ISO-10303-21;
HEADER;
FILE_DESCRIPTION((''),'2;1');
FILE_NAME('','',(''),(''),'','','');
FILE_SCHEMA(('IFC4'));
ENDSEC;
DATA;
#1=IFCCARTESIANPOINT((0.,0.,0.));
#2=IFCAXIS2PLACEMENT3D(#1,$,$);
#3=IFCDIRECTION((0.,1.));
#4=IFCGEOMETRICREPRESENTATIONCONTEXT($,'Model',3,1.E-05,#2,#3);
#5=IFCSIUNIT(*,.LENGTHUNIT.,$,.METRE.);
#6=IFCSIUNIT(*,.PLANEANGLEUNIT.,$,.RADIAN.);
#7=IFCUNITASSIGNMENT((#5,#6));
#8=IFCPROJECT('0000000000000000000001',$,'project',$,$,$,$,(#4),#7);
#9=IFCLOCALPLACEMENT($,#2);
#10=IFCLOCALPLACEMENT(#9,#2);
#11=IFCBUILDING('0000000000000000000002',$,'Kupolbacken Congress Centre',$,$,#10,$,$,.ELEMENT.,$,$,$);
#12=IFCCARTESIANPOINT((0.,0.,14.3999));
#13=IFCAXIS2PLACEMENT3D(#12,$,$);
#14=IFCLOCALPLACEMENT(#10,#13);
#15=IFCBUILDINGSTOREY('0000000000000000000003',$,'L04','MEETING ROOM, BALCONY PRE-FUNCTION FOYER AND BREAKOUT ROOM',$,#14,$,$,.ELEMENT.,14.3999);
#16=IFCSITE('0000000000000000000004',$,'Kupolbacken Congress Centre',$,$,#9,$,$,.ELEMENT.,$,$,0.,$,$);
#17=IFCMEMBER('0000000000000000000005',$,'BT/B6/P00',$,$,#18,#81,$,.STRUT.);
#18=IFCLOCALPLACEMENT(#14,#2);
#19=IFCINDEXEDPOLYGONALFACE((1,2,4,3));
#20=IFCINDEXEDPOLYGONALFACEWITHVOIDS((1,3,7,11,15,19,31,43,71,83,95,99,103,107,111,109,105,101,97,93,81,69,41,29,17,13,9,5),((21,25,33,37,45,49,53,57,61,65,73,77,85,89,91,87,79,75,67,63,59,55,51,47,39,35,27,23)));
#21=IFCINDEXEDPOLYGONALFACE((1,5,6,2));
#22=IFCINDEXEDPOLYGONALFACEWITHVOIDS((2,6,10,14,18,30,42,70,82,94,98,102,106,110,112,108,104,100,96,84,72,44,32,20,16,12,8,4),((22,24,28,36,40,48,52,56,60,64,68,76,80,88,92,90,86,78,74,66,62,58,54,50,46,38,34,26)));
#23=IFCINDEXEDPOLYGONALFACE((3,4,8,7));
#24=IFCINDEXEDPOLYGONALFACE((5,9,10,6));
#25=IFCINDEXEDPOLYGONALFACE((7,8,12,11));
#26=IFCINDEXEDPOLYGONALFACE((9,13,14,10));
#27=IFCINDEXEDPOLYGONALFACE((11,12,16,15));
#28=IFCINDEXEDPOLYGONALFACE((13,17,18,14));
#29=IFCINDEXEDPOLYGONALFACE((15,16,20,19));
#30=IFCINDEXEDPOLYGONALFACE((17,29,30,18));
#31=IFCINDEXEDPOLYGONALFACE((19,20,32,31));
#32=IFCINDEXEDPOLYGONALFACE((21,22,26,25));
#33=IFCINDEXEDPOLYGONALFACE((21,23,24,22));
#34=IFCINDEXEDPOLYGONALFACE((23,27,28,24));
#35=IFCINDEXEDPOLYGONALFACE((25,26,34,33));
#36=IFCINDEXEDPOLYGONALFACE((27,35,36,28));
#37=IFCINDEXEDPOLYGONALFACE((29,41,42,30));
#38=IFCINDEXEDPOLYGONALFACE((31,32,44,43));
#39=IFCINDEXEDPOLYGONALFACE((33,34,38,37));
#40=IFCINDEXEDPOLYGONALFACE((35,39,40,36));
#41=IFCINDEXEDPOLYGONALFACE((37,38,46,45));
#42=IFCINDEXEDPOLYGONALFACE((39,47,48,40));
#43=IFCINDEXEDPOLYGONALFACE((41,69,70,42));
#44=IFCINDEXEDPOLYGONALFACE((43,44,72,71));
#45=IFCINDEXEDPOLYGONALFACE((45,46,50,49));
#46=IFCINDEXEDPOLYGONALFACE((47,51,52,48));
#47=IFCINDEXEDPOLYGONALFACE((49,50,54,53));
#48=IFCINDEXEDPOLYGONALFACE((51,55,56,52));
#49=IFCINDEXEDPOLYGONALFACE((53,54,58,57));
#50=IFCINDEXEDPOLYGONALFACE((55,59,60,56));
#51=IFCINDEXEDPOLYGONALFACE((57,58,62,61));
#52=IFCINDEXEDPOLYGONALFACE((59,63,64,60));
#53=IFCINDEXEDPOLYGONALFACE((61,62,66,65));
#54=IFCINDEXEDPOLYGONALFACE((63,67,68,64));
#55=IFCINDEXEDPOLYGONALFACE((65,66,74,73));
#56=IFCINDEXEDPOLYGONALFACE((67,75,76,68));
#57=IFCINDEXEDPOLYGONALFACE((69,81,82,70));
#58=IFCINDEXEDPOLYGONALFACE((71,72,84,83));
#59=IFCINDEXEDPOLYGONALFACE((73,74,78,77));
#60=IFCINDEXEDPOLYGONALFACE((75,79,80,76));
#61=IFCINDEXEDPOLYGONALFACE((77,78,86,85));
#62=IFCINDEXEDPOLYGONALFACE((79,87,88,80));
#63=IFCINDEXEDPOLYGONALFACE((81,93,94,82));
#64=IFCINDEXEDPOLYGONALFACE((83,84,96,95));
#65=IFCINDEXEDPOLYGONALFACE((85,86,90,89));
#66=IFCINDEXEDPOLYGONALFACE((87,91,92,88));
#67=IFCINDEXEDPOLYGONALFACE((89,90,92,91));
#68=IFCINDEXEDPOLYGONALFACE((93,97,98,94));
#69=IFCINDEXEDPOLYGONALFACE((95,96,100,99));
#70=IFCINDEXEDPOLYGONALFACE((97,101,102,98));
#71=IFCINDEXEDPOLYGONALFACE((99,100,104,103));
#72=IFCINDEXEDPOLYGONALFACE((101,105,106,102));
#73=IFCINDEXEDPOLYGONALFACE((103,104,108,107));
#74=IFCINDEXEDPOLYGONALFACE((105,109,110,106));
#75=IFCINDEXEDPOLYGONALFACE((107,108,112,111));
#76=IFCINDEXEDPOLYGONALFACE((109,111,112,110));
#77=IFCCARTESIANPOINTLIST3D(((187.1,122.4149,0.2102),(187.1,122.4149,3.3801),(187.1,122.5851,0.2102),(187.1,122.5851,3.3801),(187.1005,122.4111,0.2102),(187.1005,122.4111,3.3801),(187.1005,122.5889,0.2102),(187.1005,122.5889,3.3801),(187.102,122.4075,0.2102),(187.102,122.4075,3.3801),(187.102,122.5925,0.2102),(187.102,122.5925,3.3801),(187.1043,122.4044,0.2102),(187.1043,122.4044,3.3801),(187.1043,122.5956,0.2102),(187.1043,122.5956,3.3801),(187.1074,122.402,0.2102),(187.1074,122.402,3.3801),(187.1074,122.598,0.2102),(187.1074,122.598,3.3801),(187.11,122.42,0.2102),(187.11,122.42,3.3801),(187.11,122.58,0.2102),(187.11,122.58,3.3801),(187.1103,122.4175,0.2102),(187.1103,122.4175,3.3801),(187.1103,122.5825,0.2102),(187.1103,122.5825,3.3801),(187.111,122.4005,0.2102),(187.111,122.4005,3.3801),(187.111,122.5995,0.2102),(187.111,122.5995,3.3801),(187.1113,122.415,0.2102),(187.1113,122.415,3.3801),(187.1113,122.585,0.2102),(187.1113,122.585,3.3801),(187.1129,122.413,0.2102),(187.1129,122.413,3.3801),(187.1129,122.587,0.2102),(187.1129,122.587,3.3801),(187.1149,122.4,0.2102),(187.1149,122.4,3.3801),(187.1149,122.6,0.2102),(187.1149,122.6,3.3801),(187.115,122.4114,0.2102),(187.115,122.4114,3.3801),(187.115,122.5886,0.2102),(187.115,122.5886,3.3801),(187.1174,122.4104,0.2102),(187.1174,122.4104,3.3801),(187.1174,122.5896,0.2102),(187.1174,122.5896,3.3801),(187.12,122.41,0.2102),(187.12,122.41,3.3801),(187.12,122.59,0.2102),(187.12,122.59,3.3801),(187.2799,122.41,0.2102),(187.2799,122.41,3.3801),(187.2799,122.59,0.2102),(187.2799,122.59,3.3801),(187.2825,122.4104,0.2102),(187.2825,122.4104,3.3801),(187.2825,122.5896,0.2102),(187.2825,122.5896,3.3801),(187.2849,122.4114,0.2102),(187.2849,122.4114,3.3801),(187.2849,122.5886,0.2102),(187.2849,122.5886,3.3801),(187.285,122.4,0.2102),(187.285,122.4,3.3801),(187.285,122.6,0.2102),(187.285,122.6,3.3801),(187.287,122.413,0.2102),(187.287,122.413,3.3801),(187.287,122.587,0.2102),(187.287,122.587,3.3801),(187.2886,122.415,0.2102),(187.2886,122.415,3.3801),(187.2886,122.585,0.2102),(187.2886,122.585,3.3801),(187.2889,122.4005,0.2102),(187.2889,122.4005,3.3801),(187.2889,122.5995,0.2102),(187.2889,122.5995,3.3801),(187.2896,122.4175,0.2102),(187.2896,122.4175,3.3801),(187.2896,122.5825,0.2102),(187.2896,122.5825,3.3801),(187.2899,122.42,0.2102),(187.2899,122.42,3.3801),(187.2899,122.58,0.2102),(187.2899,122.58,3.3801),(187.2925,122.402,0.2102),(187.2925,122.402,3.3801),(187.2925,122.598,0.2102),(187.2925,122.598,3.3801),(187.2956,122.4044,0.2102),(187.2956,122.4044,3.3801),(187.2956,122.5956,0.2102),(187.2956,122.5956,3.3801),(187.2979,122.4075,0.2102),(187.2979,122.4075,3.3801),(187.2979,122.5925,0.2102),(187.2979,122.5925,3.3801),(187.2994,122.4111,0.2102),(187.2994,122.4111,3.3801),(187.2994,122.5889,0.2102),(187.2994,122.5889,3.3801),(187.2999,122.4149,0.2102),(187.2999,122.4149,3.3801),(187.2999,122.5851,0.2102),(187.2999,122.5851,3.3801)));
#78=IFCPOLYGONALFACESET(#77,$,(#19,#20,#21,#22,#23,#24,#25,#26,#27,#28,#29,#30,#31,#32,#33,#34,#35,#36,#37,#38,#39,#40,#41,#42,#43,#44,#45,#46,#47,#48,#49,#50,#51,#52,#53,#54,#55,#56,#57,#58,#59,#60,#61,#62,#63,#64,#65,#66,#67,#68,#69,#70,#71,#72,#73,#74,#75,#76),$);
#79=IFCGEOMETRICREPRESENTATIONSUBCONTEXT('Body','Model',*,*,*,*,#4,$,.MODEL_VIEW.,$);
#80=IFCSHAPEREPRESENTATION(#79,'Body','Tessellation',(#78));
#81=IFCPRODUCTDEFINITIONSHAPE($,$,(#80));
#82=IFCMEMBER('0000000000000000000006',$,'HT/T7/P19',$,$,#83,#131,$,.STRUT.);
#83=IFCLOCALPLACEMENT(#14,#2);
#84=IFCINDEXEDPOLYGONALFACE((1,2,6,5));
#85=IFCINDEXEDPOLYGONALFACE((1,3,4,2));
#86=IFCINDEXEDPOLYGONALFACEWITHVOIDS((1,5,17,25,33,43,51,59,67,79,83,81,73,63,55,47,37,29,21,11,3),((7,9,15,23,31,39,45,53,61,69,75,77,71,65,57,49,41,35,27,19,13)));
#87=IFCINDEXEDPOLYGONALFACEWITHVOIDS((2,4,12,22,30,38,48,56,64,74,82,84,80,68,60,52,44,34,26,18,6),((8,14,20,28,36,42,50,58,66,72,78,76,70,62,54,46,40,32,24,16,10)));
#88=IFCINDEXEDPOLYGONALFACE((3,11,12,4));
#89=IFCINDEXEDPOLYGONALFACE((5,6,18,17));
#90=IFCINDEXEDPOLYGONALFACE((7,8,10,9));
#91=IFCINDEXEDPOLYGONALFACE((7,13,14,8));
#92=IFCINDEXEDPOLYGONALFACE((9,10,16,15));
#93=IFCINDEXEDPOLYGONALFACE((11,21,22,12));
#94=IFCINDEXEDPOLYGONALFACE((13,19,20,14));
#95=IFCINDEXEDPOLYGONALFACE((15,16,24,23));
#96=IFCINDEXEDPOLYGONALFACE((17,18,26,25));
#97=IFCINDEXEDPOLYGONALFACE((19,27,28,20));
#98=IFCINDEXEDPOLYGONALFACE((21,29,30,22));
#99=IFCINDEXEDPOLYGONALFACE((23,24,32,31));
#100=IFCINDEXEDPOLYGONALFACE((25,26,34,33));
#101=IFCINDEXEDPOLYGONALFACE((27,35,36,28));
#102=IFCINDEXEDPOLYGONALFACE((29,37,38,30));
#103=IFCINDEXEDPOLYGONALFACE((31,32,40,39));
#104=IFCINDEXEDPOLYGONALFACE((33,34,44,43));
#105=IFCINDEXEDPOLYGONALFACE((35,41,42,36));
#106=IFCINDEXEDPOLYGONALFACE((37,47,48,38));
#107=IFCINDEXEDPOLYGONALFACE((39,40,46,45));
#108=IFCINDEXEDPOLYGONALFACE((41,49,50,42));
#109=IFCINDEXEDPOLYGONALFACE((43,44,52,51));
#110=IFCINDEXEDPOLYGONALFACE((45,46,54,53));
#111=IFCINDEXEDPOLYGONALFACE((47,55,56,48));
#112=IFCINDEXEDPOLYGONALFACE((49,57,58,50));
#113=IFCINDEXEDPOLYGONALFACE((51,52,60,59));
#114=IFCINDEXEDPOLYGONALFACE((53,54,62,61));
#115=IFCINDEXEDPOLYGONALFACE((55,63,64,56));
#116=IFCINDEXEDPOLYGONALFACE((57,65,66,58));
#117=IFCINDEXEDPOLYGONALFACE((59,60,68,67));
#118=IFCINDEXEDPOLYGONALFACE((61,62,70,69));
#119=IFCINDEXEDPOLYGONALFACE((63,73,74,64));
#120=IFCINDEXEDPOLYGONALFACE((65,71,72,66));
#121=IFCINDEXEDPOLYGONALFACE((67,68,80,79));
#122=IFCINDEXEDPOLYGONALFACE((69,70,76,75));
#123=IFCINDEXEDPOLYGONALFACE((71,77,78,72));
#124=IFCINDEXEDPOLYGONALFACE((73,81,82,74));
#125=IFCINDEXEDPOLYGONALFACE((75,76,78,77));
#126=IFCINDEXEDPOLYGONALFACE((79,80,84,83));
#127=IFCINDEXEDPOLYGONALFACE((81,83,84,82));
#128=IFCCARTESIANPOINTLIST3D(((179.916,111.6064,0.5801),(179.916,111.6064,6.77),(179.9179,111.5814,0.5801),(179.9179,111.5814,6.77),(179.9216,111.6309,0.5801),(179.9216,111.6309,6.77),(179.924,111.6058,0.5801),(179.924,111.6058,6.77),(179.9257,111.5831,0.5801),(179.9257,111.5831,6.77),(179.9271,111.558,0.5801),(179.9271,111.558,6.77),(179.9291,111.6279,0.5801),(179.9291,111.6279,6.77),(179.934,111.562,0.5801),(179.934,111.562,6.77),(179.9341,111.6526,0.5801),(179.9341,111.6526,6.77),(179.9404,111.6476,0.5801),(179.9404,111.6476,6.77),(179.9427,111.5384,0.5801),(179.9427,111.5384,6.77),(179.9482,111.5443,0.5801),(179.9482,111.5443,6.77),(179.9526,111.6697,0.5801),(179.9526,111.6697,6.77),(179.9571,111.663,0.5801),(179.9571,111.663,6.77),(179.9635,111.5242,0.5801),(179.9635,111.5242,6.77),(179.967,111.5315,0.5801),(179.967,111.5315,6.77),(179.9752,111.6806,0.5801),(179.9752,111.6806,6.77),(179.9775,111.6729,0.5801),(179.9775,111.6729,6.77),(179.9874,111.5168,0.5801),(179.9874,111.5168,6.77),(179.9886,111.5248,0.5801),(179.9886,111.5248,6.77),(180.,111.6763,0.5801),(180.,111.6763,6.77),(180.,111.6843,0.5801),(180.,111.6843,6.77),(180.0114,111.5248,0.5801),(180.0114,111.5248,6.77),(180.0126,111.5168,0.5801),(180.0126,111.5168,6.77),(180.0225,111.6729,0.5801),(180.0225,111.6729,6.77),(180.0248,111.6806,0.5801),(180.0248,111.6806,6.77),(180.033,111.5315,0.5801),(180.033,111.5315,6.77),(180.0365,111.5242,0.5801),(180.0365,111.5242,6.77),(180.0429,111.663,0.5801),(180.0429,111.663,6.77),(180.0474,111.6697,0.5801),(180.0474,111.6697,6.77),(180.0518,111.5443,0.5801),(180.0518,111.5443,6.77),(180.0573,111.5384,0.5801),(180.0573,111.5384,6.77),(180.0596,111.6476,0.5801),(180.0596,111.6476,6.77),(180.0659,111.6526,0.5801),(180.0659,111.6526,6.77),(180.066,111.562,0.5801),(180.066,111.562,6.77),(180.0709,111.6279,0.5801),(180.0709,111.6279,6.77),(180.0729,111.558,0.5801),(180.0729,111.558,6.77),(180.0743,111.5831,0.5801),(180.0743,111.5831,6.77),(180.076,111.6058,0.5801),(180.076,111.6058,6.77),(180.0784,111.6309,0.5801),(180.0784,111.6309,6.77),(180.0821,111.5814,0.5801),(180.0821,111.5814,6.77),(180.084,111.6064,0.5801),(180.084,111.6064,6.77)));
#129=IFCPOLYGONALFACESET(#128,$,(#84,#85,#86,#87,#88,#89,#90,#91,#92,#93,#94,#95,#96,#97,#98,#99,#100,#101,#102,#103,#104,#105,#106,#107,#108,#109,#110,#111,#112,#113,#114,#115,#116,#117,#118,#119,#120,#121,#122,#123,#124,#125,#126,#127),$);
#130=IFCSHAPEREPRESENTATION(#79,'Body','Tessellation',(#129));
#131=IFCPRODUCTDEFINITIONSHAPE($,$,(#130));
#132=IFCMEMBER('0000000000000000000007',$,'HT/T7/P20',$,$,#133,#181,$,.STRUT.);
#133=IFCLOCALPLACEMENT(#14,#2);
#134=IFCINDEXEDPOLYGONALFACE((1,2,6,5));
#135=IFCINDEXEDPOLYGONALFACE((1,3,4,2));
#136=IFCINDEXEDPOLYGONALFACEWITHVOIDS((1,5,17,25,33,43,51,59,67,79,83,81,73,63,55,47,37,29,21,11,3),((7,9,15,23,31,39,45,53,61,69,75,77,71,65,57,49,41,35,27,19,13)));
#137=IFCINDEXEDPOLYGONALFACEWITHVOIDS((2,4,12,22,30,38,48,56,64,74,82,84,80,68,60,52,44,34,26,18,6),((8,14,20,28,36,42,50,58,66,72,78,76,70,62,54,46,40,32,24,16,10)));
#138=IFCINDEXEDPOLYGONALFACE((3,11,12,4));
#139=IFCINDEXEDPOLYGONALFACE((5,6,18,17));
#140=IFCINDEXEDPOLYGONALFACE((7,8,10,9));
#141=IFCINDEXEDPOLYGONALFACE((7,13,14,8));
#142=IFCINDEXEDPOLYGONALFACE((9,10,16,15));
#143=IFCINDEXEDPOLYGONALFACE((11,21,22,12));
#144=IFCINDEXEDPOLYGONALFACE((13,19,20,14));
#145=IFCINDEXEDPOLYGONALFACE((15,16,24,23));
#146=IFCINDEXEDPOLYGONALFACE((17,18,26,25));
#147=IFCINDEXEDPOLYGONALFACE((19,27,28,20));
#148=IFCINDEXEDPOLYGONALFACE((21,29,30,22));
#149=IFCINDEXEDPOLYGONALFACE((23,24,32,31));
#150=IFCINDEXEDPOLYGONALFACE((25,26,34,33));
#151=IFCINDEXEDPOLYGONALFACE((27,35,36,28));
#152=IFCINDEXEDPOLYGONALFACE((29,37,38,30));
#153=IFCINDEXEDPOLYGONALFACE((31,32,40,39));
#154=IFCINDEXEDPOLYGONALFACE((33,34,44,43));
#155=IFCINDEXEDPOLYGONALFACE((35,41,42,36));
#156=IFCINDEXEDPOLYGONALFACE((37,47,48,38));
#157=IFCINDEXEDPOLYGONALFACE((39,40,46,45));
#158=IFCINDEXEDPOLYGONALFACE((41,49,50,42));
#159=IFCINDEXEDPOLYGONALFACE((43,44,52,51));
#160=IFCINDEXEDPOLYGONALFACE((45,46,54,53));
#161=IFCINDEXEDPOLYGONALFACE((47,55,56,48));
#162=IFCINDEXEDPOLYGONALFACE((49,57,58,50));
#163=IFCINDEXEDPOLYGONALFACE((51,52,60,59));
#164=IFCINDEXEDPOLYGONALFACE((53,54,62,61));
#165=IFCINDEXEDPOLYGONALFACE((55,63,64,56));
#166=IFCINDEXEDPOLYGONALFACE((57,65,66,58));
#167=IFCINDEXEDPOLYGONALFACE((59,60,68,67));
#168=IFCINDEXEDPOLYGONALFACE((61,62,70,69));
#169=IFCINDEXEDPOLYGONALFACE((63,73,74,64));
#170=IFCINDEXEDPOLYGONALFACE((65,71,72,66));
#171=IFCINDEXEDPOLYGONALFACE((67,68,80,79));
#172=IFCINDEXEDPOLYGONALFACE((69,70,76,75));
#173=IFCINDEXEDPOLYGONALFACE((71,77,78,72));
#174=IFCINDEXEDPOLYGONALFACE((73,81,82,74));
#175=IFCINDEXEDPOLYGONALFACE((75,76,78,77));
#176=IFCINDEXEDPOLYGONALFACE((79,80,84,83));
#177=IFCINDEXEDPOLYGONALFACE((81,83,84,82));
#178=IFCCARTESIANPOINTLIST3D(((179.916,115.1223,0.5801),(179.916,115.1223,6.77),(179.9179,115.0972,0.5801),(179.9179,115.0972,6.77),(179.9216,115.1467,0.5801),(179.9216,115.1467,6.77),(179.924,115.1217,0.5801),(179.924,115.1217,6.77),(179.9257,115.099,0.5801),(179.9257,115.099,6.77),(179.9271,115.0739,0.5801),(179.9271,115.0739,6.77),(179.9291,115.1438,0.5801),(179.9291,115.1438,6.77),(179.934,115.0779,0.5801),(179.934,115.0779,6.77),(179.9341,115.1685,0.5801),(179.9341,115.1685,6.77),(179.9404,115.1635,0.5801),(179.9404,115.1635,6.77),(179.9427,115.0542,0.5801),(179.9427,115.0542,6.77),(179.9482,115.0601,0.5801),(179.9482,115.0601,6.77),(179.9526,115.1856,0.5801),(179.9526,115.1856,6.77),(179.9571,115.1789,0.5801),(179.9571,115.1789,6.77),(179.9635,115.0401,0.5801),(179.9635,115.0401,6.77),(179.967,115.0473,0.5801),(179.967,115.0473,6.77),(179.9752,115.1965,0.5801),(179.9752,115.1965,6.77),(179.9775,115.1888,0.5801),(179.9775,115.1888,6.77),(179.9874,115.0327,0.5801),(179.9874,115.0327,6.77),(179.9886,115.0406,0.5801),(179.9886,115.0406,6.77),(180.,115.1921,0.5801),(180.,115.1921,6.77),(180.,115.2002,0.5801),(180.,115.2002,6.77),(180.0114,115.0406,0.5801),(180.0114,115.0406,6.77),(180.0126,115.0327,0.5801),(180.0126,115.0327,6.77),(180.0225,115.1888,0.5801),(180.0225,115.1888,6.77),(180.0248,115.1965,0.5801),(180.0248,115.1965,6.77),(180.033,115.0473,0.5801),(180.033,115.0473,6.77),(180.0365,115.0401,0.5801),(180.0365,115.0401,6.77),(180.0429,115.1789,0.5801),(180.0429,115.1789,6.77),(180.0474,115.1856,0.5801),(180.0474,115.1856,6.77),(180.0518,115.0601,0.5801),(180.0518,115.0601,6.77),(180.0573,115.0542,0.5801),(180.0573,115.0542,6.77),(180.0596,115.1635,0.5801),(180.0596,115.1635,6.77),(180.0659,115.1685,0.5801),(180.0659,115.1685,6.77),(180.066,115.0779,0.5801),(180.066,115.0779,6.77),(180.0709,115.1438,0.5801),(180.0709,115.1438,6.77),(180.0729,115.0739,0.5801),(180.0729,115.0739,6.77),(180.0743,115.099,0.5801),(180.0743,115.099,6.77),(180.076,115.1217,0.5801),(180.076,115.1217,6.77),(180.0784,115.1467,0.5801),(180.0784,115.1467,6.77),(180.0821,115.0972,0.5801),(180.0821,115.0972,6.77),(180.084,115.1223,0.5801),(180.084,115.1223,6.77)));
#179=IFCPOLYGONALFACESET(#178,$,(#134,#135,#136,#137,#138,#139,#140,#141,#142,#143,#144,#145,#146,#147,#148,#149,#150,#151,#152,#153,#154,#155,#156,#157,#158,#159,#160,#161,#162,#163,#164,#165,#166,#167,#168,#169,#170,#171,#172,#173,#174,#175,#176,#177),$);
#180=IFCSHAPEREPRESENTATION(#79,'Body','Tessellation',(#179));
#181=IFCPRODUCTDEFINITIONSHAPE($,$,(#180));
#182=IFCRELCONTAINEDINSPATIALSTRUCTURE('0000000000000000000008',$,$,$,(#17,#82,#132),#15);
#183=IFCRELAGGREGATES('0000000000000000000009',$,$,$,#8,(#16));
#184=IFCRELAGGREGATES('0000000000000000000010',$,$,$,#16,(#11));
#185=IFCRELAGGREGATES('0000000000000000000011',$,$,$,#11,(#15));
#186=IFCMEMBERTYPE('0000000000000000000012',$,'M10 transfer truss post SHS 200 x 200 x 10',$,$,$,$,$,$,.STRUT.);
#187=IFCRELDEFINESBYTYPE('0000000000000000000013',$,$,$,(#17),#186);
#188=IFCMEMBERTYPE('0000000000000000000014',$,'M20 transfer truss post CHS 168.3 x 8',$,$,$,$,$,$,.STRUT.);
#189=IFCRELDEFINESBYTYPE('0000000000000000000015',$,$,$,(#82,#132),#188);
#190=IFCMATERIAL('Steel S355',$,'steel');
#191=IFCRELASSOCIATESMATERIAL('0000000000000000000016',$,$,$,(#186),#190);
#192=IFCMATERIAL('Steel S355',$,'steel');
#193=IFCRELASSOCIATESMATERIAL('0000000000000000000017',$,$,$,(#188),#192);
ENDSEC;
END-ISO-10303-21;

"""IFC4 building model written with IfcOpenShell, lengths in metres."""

from ifc_helpers import new_model, si_unit, direction, frame, origin, origin_2d, place, context, subcontext, project, spatial, hollow_rectangle, hollow_circle, extrude, material, material_profile, profile_set, type_object, element, save


model = new_model("IFC4")

# Units and contexts
model_context = context("Model", 3, precision=1e-05, world=origin(), true_north=direction((0.0, 1.0)))
body_context = subcontext(model_context, "Body", "Model", "MODEL_VIEW")
ifc_project = project(units=[si_unit("LENGTHUNIT", "METRE"), si_unit("PLANEANGLEUNIT", "RADIAN")], contexts=[model_context])

# Site, building, storey
site_placement = place(None, origin())
site = spatial("IfcSite", under=ifc_project, at=site_placement, Name="Kupolbacken Congress Centre", CompositionType="ELEMENT", RefElevation=0.0)
building_placement = place(site_placement, origin())
building = spatial("IfcBuilding", under=site, at=building_placement, Name="Kupolbacken Congress Centre", CompositionType="ELEMENT")
storey_placement = place(building_placement, frame((0.0, 0.0, 14.3999)))
storey = spatial("IfcBuildingStorey", under=building, at=storey_placement, Name="L04", Description="MEETING ROOM, BALCONY PRE-FUNCTION FOYER AND BREAKOUT ROOM", CompositionType="ELEMENT", Elevation=14.3999)

# Members
ifc_material_1 = material(Name="Steel S355", Category="steel")
ifc_material_profile_1 = material_profile(ifc_material_1, hollow_rectangle(XDim=0.2, YDim=0.2, WallThickness=0.01, InnerFilletRadius=0.01, OuterFilletRadius=0.0149, at=origin_2d()), Name="SHS 200 x 200 x 10")
ifc_profile_set_1 = profile_set([ifc_material_profile_1], Name="Steel S355")
member_type_1 = type_object("IfcMemberType", Name="M10 transfer truss post SHS 200 x 200 x 10", PredefinedType="STRUT", material=ifc_profile_set_1)
for number, where, z_axis, x_axis, name in (
    (1, (187.2, 122.5, 0.2102), (0.0, 0.0, 1.0), (0.0, 1.0, 0.0), "BT/B6/P00"),
):
    element("IfcMember", number, at=place(storey_placement, frame(where, z_axis=z_axis, x_axis=x_axis)), inside=storey, type_object=member_type_1, Name=name, PredefinedType="STRUT", context=body_context, shape_type="SweptSolid", body=[
        extrude(hollow_rectangle(XDim=0.2, YDim=0.2, WallThickness=0.01, InnerFilletRadius=0.01, OuterFilletRadius=0.0149, at=origin_2d()), origin(), (0.0, 0.0, 1.0), 3.1699),
    ])
ifc_material_2 = material(Name="Steel S355", Category="steel")
ifc_material_profile_2 = material_profile(ifc_material_2, hollow_circle(Radius=0.0842, WallThickness=0.0081, at=origin_2d()), Name="CHS 168.3 x 8")
ifc_profile_set_2 = profile_set([ifc_material_profile_2], Name="Steel S355")
member_type_2 = type_object("IfcMemberType", Name="M20 transfer truss post CHS 168.3 x 8", PredefinedType="STRUT", material=ifc_profile_set_2)
for number, where, z_axis, x_axis, name in (
    (2, (180.0, 111.6001, 0.5801), (0.0, 0.0, 1.0), (0.0, 1.0, 0.0), "HT/T7/P19"),
    (3, (180.0, 115.116, 0.5801), (0.0, 0.0, 1.0), (0.0, 1.0, 0.0), "HT/T7/P20"),
):
    element("IfcMember", number, at=place(storey_placement, frame(where, z_axis=z_axis, x_axis=x_axis)), inside=storey, type_object=member_type_2, Name=name, PredefinedType="STRUT", context=body_context, shape_type="SweptSolid", body=[
        extrude(hollow_circle(Radius=0.0842, WallThickness=0.0081, at=origin_2d()), origin(), (0.0, 0.0, 1.0), 6.1899),
    ])

save(model, "model.ifc")
